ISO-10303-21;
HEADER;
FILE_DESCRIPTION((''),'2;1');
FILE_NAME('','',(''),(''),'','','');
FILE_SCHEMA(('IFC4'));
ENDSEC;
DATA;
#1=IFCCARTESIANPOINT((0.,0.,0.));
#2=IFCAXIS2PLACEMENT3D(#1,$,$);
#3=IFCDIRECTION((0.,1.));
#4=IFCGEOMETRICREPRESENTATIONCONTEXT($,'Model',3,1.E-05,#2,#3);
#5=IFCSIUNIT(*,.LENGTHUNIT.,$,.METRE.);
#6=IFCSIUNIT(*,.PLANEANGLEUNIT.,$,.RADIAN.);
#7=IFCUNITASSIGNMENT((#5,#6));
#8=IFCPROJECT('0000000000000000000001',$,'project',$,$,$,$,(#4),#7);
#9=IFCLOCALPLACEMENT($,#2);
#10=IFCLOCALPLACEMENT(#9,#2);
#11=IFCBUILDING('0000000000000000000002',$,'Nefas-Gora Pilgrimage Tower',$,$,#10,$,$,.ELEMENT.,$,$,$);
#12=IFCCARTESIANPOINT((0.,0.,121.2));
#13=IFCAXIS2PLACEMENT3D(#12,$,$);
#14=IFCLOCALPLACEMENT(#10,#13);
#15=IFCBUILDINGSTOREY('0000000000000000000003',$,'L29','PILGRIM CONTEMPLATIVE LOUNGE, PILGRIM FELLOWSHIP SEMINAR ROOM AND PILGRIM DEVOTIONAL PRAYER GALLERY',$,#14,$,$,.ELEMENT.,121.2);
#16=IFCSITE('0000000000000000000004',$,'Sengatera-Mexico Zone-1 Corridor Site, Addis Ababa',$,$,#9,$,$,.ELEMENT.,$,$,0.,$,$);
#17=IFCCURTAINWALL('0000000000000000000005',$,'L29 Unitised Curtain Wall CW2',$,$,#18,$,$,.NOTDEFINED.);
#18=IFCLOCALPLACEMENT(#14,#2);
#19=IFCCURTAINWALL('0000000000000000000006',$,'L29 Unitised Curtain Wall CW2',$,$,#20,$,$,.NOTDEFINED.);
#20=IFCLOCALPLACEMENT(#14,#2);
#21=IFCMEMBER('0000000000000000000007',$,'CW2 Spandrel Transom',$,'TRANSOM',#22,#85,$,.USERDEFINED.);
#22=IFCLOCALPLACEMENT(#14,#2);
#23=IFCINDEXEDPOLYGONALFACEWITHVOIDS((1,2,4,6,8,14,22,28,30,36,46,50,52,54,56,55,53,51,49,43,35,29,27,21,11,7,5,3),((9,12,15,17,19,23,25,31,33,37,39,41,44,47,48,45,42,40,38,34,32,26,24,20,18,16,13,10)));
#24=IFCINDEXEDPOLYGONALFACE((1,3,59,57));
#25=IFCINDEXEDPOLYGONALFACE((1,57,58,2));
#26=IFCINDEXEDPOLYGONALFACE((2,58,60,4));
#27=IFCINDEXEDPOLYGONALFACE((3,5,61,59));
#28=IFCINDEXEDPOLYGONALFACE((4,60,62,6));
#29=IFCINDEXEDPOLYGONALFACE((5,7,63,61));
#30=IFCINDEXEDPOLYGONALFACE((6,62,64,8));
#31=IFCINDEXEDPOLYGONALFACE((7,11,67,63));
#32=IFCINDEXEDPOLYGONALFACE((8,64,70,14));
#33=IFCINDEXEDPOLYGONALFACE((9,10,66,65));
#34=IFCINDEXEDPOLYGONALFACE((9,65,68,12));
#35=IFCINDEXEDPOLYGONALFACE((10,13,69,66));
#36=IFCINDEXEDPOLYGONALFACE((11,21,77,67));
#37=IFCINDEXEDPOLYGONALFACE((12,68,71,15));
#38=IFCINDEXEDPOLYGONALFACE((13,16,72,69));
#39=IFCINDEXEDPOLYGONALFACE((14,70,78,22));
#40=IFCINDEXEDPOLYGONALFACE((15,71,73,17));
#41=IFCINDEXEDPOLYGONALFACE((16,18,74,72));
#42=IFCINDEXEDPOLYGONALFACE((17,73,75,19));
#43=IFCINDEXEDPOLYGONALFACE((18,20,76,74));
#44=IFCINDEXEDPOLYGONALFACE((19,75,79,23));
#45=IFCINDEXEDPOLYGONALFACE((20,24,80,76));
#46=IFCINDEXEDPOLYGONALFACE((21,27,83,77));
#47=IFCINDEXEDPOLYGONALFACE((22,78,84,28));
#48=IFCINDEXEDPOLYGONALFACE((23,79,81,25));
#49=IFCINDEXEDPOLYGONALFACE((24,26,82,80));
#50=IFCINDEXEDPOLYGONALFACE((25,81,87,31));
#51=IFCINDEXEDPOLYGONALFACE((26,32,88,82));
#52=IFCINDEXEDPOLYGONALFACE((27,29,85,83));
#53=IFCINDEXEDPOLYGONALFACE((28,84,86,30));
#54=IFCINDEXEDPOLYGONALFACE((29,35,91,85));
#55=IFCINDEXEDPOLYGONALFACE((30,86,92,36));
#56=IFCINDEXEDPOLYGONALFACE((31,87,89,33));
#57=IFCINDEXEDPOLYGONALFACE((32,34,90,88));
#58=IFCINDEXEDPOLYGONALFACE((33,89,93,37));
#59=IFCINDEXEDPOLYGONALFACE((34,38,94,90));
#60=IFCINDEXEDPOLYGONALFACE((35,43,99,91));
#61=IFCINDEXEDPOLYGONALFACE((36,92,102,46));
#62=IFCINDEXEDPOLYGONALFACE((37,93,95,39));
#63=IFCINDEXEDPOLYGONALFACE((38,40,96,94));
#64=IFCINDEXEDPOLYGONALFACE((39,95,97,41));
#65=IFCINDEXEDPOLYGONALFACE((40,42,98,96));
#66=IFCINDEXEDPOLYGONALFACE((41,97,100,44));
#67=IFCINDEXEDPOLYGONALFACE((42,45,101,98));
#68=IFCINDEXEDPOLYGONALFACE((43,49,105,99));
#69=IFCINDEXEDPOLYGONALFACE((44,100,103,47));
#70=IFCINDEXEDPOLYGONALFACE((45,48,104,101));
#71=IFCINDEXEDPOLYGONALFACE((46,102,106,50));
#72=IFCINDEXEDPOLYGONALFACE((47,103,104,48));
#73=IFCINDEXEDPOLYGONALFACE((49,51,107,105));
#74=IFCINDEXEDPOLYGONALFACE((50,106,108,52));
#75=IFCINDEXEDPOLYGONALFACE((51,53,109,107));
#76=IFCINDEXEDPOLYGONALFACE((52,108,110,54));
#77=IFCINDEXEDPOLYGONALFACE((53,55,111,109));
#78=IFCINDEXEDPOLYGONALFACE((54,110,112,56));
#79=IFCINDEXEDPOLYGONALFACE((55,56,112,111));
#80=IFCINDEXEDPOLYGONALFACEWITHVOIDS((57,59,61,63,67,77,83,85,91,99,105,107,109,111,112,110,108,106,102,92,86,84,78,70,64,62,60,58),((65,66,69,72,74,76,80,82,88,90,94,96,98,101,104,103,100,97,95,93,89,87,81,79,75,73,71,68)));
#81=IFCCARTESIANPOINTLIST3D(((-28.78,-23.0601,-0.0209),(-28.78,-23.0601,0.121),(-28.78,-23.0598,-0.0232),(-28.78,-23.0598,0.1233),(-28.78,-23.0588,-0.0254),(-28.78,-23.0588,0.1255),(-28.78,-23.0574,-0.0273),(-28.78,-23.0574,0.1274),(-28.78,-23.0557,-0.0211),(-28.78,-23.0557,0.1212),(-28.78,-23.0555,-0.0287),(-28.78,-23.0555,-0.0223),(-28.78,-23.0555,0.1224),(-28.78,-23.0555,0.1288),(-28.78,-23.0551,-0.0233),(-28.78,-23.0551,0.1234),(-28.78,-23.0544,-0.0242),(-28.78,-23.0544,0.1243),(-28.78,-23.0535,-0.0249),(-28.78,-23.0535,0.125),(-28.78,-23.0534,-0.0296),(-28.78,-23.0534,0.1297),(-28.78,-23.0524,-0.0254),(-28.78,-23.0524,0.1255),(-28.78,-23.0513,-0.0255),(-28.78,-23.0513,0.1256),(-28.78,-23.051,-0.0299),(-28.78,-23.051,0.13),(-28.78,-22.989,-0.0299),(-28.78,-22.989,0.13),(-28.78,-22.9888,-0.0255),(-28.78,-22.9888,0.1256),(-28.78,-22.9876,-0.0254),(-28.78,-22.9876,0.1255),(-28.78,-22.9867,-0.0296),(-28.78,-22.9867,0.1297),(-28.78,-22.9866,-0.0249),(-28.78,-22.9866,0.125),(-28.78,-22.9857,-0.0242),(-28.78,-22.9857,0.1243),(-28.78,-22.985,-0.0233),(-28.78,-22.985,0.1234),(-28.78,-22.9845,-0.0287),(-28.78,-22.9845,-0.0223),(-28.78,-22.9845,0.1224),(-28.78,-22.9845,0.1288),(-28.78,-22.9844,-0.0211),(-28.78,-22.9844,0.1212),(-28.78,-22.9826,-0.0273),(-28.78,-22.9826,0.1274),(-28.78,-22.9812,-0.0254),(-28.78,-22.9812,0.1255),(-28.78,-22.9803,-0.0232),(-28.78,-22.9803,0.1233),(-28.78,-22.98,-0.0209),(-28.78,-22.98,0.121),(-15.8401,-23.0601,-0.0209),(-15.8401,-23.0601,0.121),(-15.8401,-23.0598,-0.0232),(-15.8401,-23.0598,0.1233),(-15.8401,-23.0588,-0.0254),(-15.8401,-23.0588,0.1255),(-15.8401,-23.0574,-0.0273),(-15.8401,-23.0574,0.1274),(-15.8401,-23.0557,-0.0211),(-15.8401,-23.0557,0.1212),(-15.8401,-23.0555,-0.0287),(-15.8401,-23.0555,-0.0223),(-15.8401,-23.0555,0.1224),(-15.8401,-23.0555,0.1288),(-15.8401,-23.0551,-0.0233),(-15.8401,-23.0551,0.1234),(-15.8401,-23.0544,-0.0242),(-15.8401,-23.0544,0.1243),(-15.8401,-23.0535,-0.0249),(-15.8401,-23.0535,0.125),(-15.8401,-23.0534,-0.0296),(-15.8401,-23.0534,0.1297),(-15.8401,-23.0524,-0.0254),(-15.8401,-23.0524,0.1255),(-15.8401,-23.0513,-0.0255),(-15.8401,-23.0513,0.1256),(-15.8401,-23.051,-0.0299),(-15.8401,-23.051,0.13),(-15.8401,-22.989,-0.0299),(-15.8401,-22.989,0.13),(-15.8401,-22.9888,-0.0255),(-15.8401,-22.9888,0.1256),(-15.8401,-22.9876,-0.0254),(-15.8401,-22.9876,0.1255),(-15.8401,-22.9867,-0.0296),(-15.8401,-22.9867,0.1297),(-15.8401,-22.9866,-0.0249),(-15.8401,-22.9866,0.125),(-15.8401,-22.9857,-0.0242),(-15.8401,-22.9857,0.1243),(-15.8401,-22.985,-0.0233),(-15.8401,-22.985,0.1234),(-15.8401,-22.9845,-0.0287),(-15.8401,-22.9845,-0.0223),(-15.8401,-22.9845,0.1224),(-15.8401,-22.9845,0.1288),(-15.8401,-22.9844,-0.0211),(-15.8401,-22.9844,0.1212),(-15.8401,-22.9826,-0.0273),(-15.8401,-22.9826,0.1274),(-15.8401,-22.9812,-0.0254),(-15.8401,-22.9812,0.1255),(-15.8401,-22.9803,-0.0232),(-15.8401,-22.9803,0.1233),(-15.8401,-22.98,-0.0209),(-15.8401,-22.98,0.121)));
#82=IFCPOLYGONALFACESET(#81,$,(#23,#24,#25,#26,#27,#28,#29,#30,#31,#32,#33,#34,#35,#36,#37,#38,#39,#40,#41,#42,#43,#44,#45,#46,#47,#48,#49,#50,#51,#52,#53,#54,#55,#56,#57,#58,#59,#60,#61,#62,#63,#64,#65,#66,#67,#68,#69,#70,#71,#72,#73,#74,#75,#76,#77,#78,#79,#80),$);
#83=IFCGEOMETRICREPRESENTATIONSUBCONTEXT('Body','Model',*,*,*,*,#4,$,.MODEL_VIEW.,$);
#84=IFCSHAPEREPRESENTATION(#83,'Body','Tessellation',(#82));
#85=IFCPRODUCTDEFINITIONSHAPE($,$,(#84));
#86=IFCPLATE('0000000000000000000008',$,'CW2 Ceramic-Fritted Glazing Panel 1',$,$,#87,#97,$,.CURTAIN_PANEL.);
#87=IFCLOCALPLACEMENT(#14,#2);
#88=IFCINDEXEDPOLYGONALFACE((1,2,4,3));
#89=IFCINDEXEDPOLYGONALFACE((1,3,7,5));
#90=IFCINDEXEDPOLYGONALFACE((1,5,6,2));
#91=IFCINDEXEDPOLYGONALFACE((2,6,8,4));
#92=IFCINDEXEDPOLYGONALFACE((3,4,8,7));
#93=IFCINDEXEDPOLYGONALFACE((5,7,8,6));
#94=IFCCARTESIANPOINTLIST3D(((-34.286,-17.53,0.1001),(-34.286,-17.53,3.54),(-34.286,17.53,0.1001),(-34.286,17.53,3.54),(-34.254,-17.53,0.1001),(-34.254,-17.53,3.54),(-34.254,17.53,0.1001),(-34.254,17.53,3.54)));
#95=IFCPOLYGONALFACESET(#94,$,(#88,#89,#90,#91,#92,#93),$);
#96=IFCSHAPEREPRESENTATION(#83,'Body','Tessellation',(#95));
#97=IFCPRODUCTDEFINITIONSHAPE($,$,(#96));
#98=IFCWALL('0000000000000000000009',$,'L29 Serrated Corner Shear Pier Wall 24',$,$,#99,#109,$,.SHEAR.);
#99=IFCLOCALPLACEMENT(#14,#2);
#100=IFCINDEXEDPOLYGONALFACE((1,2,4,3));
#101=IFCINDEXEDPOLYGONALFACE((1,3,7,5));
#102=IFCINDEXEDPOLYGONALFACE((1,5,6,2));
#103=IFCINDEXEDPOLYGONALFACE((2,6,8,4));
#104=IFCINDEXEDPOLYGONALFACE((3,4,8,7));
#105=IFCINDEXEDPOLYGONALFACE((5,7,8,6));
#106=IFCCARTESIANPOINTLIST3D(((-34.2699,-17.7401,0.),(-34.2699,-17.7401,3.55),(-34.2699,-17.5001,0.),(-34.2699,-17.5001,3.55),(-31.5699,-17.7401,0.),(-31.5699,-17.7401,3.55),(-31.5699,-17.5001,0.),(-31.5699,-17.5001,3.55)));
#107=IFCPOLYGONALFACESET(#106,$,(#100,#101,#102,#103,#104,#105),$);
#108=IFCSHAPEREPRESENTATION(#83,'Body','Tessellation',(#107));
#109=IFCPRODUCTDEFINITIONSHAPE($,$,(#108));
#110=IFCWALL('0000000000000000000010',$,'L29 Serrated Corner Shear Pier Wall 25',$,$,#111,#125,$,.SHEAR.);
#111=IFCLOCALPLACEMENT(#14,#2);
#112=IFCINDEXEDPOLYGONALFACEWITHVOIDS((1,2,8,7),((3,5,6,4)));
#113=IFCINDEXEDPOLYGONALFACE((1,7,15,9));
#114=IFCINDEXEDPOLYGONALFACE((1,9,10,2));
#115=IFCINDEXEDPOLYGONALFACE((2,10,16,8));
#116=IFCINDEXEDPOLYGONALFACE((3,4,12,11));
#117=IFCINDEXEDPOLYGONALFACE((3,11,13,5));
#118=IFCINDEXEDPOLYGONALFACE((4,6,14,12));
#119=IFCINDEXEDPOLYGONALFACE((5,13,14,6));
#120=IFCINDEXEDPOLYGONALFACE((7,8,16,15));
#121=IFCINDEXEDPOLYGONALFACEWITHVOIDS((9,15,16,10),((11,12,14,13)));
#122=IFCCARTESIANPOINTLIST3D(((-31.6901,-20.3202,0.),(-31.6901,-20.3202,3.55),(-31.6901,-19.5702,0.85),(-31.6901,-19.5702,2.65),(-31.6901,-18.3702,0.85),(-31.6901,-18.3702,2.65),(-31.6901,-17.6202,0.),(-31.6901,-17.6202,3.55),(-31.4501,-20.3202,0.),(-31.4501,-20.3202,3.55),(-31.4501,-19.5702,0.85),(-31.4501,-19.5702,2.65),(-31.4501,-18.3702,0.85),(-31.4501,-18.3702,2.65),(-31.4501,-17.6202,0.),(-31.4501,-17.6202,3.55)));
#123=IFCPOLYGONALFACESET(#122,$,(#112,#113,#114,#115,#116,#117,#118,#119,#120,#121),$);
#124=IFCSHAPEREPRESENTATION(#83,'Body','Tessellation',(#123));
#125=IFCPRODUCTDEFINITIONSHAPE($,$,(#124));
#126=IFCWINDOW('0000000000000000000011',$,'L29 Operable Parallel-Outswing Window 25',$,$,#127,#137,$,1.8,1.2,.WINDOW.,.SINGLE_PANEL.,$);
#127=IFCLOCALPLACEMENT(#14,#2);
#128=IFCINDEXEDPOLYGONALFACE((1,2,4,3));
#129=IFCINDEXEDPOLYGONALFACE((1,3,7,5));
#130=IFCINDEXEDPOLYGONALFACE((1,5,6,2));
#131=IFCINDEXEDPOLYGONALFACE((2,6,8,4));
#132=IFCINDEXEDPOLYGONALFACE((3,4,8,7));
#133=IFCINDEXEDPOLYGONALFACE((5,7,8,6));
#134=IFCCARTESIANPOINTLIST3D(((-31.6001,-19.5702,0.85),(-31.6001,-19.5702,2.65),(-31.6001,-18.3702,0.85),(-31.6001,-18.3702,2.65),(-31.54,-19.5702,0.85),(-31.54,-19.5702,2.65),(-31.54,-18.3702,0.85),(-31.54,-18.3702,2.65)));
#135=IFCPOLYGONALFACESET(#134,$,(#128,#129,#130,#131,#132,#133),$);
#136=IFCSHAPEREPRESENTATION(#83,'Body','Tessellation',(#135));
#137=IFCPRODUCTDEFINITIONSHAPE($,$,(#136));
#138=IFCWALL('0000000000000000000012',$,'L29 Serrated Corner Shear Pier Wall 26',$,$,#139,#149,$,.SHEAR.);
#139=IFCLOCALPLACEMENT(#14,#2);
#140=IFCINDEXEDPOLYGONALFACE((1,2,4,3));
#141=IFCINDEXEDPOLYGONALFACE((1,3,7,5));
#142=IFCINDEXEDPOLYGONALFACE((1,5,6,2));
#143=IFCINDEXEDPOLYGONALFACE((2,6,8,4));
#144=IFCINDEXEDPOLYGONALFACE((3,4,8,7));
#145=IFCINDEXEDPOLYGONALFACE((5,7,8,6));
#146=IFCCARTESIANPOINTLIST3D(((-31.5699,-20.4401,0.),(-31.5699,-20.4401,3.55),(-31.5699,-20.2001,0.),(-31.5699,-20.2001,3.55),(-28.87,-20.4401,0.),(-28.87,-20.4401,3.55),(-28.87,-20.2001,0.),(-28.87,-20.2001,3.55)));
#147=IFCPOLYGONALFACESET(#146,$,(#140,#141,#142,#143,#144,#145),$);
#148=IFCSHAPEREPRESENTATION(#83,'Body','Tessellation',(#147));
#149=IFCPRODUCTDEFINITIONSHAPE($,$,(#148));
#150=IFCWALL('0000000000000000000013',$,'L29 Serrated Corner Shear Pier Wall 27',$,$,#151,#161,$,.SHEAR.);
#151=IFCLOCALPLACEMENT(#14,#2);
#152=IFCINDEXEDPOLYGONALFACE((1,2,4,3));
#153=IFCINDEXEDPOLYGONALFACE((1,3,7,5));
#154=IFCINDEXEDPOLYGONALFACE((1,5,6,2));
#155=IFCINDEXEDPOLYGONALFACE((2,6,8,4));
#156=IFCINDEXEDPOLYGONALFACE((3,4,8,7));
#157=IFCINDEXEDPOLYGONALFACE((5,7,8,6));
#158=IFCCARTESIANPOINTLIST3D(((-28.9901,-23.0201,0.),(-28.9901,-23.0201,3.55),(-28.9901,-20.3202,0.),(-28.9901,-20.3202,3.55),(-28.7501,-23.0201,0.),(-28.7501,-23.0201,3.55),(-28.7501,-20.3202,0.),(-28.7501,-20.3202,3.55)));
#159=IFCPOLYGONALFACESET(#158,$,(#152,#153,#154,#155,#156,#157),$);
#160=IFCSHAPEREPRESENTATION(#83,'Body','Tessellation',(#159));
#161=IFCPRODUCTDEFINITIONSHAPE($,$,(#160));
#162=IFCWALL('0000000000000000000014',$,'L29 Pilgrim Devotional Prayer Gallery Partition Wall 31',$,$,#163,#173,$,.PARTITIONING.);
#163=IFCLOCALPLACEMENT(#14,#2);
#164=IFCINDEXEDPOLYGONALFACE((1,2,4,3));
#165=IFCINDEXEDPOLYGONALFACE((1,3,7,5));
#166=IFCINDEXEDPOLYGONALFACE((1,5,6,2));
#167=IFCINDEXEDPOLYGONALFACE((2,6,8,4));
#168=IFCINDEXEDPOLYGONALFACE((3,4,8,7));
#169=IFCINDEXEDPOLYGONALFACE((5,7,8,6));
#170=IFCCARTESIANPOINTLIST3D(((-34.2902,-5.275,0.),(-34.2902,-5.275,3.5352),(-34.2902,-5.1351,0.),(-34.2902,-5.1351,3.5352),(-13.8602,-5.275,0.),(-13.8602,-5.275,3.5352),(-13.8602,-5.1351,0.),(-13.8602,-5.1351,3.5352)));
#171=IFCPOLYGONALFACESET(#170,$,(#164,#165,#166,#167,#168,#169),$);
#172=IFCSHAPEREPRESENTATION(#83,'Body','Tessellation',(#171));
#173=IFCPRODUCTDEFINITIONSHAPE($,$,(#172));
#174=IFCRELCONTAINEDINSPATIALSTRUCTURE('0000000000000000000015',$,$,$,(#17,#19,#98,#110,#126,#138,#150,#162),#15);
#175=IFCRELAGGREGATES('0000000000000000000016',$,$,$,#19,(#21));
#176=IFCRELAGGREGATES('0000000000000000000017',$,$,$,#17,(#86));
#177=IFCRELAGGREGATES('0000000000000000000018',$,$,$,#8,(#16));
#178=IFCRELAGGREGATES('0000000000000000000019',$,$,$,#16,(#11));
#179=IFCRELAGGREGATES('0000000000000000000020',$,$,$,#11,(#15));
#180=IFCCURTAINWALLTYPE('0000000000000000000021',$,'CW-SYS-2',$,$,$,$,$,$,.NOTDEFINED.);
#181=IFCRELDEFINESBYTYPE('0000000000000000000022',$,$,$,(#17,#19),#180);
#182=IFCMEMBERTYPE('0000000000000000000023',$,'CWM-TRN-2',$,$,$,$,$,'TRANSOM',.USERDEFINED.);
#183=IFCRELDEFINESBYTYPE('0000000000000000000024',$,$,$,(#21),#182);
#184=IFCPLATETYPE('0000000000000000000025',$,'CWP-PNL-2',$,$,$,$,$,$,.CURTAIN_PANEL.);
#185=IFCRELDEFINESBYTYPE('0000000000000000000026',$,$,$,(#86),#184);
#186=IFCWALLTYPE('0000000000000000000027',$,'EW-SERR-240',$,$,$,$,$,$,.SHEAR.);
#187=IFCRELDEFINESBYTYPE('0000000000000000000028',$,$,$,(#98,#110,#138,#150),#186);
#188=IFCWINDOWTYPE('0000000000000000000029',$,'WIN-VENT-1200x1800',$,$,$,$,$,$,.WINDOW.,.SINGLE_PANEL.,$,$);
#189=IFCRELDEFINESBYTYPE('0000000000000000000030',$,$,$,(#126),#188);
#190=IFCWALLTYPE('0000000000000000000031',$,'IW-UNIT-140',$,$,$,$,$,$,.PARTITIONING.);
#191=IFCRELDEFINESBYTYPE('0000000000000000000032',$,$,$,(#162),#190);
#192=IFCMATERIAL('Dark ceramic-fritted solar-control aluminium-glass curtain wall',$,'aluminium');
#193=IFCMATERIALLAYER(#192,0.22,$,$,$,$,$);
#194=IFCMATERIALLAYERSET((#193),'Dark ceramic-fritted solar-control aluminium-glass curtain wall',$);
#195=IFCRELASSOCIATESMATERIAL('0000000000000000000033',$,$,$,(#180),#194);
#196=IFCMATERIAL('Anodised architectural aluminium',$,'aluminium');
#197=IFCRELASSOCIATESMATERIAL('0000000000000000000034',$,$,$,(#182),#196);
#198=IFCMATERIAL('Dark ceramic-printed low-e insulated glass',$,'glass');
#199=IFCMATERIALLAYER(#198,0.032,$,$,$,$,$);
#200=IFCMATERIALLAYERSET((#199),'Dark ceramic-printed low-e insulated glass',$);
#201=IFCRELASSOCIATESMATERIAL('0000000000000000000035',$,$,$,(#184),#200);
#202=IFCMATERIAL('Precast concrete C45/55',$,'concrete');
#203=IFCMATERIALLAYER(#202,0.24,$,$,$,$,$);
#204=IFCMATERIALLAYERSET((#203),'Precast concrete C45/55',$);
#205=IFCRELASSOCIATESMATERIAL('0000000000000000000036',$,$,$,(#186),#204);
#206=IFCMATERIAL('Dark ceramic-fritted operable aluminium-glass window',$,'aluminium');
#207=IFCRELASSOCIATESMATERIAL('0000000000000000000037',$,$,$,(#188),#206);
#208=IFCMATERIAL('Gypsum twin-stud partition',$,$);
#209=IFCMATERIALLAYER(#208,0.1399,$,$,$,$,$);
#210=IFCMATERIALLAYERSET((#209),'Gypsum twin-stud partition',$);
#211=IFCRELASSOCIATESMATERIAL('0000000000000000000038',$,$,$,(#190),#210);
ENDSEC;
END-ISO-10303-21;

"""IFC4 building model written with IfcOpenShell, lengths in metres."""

from ifc_helpers import new_model, si_unit, direction, frame, frame_2d, origin, origin_2d, place, context, subcontext, project, spatial, rectangle, hollow_rectangle, extrude, source, transform, mapped, material, layer, layer_set, material_profile, profile_set, type_object, element, fill, aggregate, save


model = new_model("IFC4")

# Units and contexts
model_context = context("Model", 3, precision=1e-05, world=origin(), true_north=direction((0.0, 1.0)))
body_context = subcontext(model_context, "Body", "Model", "MODEL_VIEW")
ifc_project = project(units=[si_unit("LENGTHUNIT", "METRE"), si_unit("PLANEANGLEUNIT", "RADIAN")], contexts=[model_context])

# Site, building, storey
site_placement = place(None, origin())
site = spatial("IfcSite", under=ifc_project, at=site_placement, Name="Sengatera-Mexico Zone-1 Corridor Site, Addis Ababa", CompositionType="ELEMENT", RefElevation=0.0)
building_placement = place(site_placement, origin())
building = spatial("IfcBuilding", under=site, at=building_placement, Name="Nefas-Gora Pilgrimage Tower", CompositionType="ELEMENT")
storey_placement = place(building_placement, frame((0.0, 0.0, 121.2)))
storey = spatial("IfcBuildingStorey", under=building, at=storey_placement, Name="L29", Description="PILGRIM CONTEMPLATIVE LOUNGE, PILGRIM FELLOWSHIP SEMINAR ROOM AND PILGRIM DEVOTIONAL PRAYER GALLERY", CompositionType="ELEMENT", Elevation=121.2)

# Curtain wall
ifc_material_1 = material(Name="Dark ceramic-fritted solar-control aluminium-glass curtain wall", Category="aluminium")
ifc_layer_1 = layer(ifc_material_1, 0.22)
ifc_layer_set_1 = layer_set([ifc_layer_1], Name="Dark ceramic-fritted solar-control aluminium-glass curtain wall")
curtain_wall_type = type_object("IfcCurtainWallType", Name="CW-SYS-2", PredefinedType="NOTDEFINED", material=ifc_layer_set_1)
curtain_wall_1_placement = place(storey_placement, origin())
curtain_wall_1 = element("IfcCurtainWall", 1, at=curtain_wall_1_placement, inside=storey, type_object=curtain_wall_type, Name="L29 Unitised Curtain Wall CW2", PredefinedType="NOTDEFINED")
ifc_material_2 = material(Name="Anodised architectural aluminium", Category="aluminium")

# Curtain wall, member
curtain_wall_2_placement = place(storey_placement, origin())
curtain_wall_2 = element("IfcCurtainWall", 2, at=curtain_wall_2_placement, inside=storey, type_object=curtain_wall_type, Name="L29 Unitised Curtain Wall CW2", PredefinedType="NOTDEFINED")
ifc_material_profile_1 = material_profile(ifc_material_2, hollow_rectangle(XDim=0.0801, YDim=0.1599, WallThickness=0.0044, InnerFilletRadius=0.0044, OuterFilletRadius=0.009, at=origin_2d()), Name="ALU TRANSOM 80x160")
ifc_profile_set_1 = profile_set([ifc_material_profile_1], Name="Anodised architectural aluminium")
member_type_1 = type_object("IfcMemberType", Name="CWM-TRN-2", ElementType="TRANSOM", PredefinedType="USERDEFINED", material=ifc_profile_set_1)
shared_shape_1 = source(origin(), body_context, "Body", "SweptSolid", [
    extrude(hollow_rectangle(XDim=0.0801, YDim=0.1599, WallThickness=0.0044, InnerFilletRadius=0.0044, OuterFilletRadius=0.009, at=origin_2d()), origin(), (0.0, 0.0, 1.0), 12.9399),
])
member_1_placement = place(storey_placement, frame((-28.78, -23.02, 0.05), z_axis=(1.0, 0.0, 0.0), x_axis=(0.0, 1.0, 0.0)))
member_1 = element("IfcMember", 3, at=member_1_placement, type_object=member_type_1, Name="CW2 Spandrel Transom", ObjectType="TRANSOM", PredefinedType="USERDEFINED", context=body_context, shape_type="MappedRepresentation", body=[
    mapped(shared_shape_1, transform((0.0, 0.0, 0.0), x_axis=(1.0, 0.0, 0.0), y_axis=(0.0, 1.0, 0.0), z_axis=(0.0, 0.0, 1.0), scale=1.0)),
])
aggregate(curtain_wall_2, [member_1])

# Plate
ifc_material_3 = material(Name="Dark ceramic-printed low-e insulated glass", Category="glass")
ifc_layer_2 = layer(ifc_material_3, 0.032)
ifc_layer_set_2 = layer_set([ifc_layer_2], Name="Dark ceramic-printed low-e insulated glass")
plate_type = type_object("IfcPlateType", Name="CWP-PNL-2", PredefinedType="CURTAIN_PANEL", material=ifc_layer_set_2)
shared_shape_2 = source(origin(), body_context, "Body", "SweptSolid", [
    extrude(rectangle(XDim=35.0601, YDim=0.032, at=origin_2d()), origin(), (0.0, 0.0, 1.0), 3.4399),
])
plate_placement = place(storey_placement, frame((-34.27, 0.0, 0.1001), z_axis=(0.0, 0.0, 1.0), x_axis=(0.0, -1.0, 0.0)))
plate = element("IfcPlate", 4, at=plate_placement, type_object=plate_type, Name="CW2 Ceramic-Fritted Glazing Panel 1", PredefinedType="CURTAIN_PANEL", context=body_context, shape_type="MappedRepresentation", body=[
    mapped(shared_shape_2, transform((0.0, 0.0, 0.0), x_axis=(1.0, 0.0, 0.0), y_axis=(0.0, 1.0, 0.0), z_axis=(0.0, 0.0, 1.0), scale=1.0)),
])
aggregate(curtain_wall_1, [plate])

# Wall
ifc_material_4 = material(Name="Precast concrete C45/55", Category="concrete")
ifc_layer_3 = layer(ifc_material_4, 0.24)
ifc_layer_set_3 = layer_set([ifc_layer_3], Name="Precast concrete C45/55")
wall_type_1 = type_object("IfcWallType", Name="EW-SERR-240", PredefinedType="SHEAR", material=ifc_layer_set_3)
shared_shape_3 = source(origin(), body_context, "Body", "SweptSolid", [
    extrude(rectangle(XDim=2.7, YDim=0.24, at=frame_2d((1.3501, 0.0))), origin(), (0.0, 0.0, 1.0), 3.55),
])
wall_1_placement = place(storey_placement, frame((-34.27, -17.6201, 0.0), z_axis=(0.0, 0.0, 1.0), x_axis=(1.0, 0.0, 0.0)))
element("IfcWall", 5, at=wall_1_placement, inside=storey, type_object=wall_type_1, Name="L29 Serrated Corner Shear Pier Wall 24", PredefinedType="SHEAR", context=body_context, shape_type="MappedRepresentation", body=[
    mapped(shared_shape_3, transform((0.0, 0.0, 0.0), x_axis=(1.0, 0.0, 0.0), y_axis=(0.0, 1.0, 0.0), z_axis=(0.0, 0.0, 1.0), scale=1.0)),
])

# Wall, opening, window
wall_2_placement = place(storey_placement, frame((-31.5701, -17.6201, 0.0), z_axis=(0.0, 0.0, 1.0), x_axis=(0.0, -1.0, 0.0)))
wall_2 = element("IfcWall", 6, at=wall_2_placement, inside=storey, type_object=wall_type_1, Name="L29 Serrated Corner Shear Pier Wall 25", PredefinedType="SHEAR", context=body_context, shape_type="MappedRepresentation", body=[
    mapped(shared_shape_3, transform((0.0, 0.0, 0.0), x_axis=(1.0, 0.0, 0.0), y_axis=(0.0, 1.0, 0.0), z_axis=(0.0, 0.0, 1.0), scale=1.0)),
])
opening_placement = place(wall_2_placement, frame((0.75, 0.0, 0.8501)))
opening = element("IfcOpeningElement", 7, at=opening_placement, cuts=wall_2, PredefinedType="OPENING", context=body_context, shape_type="SweptSolid", body=[
    extrude(rectangle(XDim=1.2, YDim=1.8, at=frame_2d((0.6001, 0.8999))), frame((0.0, 0.1299, 0.0), z_axis=(0.0, -1.0, 0.0), x_axis=(1.0, 0.0, 0.0)), (0.0, 0.0, 1.0), 0.26),
])
ifc_material_5 = material(Name="Dark ceramic-fritted operable aluminium-glass window", Category="aluminium")
window_type = type_object("IfcWindowType", Name="WIN-VENT-1200x1800", PartitioningType="SINGLE_PANEL", PredefinedType="WINDOW", material=ifc_material_5)
shared_shape_4 = source(origin(), body_context, "Body", "SweptSolid", [
    extrude(rectangle(XDim=1.2, YDim=1.8, at=frame_2d((0.6001, 0.8999))), frame((0.0, 0.03, 0.0), z_axis=(0.0, -1.0, 0.0), x_axis=(1.0, 0.0, 0.0)), (0.0, 0.0, 1.0), 0.0601),
])
window_placement = place(opening_placement, origin())
window = element("IfcWindow", 8, at=window_placement, inside=storey, type_object=window_type, Name="L29 Operable Parallel-Outswing Window 25", OverallHeight=1.8, OverallWidth=1.2, PartitioningType="SINGLE_PANEL", PredefinedType="WINDOW", context=body_context, shape_type="MappedRepresentation", body=[
    mapped(shared_shape_4, transform((0.0, 0.0, 0.0), x_axis=(1.0, 0.0, 0.0), y_axis=(0.0, 1.0, 0.0), z_axis=(0.0, 0.0, 1.0), scale=1.0)),
])
fill(opening, window)

# Walls
for number, where, z_axis, x_axis, name in (
    (9, (-31.5701, -20.3201, 0.0), (0.0, 0.0, 1.0), (1.0, 0.0, 0.0), "L29 Serrated Corner Shear Pier Wall 26"),
    (10, (-28.8701, -20.3201, 0.0), (0.0, 0.0, 1.0), (0.0, -1.0, 0.0), "L29 Serrated Corner Shear Pier Wall 27"),
):
    element("IfcWall", number, at=place(storey_placement, frame(where, z_axis=z_axis, x_axis=x_axis)), inside=storey, type_object=wall_type_1, Name=name, PredefinedType="SHEAR", context=body_context, shape_type="MappedRepresentation", body=[
        mapped(shared_shape_3, transform((0.0, 0.0, 0.0), x_axis=(1.0, 0.0, 0.0), y_axis=(0.0, 1.0, 0.0), z_axis=(0.0, 0.0, 1.0), scale=1.0)),
    ])
ifc_material_6 = material(Name="Gypsum twin-stud partition")
ifc_layer_4 = layer(ifc_material_6, 0.1399)
ifc_layer_set_4 = layer_set([ifc_layer_4], Name="Gypsum twin-stud partition")
wall_type_2 = type_object("IfcWallType", Name="IW-UNIT-140", PredefinedType="PARTITIONING", material=ifc_layer_set_4)
shared_shape_5 = source(origin(), body_context, "Body", "SweptSolid", [
    extrude(rectangle(XDim=20.4299, YDim=0.1399, at=frame_2d((10.2148, 0.0))), origin(), (0.0, 0.0, 1.0), 3.5352),
])
wall_3_placement = place(storey_placement, frame((-34.29, -5.2051, 0.0), z_axis=(0.0, 0.0, 1.0), x_axis=(1.0, 0.0, 0.0)))
element("IfcWall", 11, at=wall_3_placement, inside=storey, type_object=wall_type_2, Name="L29 Pilgrim Devotional Prayer Gallery Partition Wall 31", PredefinedType="PARTITIONING", context=body_context, shape_type="MappedRepresentation", body=[
    mapped(shared_shape_5, transform((0.0, 0.0, 0.0), x_axis=(1.0, 0.0, 0.0), y_axis=(0.0, 1.0, 0.0), z_axis=(0.0, 0.0, 1.0), scale=1.0)),
])

save(model, "model.ifc")
